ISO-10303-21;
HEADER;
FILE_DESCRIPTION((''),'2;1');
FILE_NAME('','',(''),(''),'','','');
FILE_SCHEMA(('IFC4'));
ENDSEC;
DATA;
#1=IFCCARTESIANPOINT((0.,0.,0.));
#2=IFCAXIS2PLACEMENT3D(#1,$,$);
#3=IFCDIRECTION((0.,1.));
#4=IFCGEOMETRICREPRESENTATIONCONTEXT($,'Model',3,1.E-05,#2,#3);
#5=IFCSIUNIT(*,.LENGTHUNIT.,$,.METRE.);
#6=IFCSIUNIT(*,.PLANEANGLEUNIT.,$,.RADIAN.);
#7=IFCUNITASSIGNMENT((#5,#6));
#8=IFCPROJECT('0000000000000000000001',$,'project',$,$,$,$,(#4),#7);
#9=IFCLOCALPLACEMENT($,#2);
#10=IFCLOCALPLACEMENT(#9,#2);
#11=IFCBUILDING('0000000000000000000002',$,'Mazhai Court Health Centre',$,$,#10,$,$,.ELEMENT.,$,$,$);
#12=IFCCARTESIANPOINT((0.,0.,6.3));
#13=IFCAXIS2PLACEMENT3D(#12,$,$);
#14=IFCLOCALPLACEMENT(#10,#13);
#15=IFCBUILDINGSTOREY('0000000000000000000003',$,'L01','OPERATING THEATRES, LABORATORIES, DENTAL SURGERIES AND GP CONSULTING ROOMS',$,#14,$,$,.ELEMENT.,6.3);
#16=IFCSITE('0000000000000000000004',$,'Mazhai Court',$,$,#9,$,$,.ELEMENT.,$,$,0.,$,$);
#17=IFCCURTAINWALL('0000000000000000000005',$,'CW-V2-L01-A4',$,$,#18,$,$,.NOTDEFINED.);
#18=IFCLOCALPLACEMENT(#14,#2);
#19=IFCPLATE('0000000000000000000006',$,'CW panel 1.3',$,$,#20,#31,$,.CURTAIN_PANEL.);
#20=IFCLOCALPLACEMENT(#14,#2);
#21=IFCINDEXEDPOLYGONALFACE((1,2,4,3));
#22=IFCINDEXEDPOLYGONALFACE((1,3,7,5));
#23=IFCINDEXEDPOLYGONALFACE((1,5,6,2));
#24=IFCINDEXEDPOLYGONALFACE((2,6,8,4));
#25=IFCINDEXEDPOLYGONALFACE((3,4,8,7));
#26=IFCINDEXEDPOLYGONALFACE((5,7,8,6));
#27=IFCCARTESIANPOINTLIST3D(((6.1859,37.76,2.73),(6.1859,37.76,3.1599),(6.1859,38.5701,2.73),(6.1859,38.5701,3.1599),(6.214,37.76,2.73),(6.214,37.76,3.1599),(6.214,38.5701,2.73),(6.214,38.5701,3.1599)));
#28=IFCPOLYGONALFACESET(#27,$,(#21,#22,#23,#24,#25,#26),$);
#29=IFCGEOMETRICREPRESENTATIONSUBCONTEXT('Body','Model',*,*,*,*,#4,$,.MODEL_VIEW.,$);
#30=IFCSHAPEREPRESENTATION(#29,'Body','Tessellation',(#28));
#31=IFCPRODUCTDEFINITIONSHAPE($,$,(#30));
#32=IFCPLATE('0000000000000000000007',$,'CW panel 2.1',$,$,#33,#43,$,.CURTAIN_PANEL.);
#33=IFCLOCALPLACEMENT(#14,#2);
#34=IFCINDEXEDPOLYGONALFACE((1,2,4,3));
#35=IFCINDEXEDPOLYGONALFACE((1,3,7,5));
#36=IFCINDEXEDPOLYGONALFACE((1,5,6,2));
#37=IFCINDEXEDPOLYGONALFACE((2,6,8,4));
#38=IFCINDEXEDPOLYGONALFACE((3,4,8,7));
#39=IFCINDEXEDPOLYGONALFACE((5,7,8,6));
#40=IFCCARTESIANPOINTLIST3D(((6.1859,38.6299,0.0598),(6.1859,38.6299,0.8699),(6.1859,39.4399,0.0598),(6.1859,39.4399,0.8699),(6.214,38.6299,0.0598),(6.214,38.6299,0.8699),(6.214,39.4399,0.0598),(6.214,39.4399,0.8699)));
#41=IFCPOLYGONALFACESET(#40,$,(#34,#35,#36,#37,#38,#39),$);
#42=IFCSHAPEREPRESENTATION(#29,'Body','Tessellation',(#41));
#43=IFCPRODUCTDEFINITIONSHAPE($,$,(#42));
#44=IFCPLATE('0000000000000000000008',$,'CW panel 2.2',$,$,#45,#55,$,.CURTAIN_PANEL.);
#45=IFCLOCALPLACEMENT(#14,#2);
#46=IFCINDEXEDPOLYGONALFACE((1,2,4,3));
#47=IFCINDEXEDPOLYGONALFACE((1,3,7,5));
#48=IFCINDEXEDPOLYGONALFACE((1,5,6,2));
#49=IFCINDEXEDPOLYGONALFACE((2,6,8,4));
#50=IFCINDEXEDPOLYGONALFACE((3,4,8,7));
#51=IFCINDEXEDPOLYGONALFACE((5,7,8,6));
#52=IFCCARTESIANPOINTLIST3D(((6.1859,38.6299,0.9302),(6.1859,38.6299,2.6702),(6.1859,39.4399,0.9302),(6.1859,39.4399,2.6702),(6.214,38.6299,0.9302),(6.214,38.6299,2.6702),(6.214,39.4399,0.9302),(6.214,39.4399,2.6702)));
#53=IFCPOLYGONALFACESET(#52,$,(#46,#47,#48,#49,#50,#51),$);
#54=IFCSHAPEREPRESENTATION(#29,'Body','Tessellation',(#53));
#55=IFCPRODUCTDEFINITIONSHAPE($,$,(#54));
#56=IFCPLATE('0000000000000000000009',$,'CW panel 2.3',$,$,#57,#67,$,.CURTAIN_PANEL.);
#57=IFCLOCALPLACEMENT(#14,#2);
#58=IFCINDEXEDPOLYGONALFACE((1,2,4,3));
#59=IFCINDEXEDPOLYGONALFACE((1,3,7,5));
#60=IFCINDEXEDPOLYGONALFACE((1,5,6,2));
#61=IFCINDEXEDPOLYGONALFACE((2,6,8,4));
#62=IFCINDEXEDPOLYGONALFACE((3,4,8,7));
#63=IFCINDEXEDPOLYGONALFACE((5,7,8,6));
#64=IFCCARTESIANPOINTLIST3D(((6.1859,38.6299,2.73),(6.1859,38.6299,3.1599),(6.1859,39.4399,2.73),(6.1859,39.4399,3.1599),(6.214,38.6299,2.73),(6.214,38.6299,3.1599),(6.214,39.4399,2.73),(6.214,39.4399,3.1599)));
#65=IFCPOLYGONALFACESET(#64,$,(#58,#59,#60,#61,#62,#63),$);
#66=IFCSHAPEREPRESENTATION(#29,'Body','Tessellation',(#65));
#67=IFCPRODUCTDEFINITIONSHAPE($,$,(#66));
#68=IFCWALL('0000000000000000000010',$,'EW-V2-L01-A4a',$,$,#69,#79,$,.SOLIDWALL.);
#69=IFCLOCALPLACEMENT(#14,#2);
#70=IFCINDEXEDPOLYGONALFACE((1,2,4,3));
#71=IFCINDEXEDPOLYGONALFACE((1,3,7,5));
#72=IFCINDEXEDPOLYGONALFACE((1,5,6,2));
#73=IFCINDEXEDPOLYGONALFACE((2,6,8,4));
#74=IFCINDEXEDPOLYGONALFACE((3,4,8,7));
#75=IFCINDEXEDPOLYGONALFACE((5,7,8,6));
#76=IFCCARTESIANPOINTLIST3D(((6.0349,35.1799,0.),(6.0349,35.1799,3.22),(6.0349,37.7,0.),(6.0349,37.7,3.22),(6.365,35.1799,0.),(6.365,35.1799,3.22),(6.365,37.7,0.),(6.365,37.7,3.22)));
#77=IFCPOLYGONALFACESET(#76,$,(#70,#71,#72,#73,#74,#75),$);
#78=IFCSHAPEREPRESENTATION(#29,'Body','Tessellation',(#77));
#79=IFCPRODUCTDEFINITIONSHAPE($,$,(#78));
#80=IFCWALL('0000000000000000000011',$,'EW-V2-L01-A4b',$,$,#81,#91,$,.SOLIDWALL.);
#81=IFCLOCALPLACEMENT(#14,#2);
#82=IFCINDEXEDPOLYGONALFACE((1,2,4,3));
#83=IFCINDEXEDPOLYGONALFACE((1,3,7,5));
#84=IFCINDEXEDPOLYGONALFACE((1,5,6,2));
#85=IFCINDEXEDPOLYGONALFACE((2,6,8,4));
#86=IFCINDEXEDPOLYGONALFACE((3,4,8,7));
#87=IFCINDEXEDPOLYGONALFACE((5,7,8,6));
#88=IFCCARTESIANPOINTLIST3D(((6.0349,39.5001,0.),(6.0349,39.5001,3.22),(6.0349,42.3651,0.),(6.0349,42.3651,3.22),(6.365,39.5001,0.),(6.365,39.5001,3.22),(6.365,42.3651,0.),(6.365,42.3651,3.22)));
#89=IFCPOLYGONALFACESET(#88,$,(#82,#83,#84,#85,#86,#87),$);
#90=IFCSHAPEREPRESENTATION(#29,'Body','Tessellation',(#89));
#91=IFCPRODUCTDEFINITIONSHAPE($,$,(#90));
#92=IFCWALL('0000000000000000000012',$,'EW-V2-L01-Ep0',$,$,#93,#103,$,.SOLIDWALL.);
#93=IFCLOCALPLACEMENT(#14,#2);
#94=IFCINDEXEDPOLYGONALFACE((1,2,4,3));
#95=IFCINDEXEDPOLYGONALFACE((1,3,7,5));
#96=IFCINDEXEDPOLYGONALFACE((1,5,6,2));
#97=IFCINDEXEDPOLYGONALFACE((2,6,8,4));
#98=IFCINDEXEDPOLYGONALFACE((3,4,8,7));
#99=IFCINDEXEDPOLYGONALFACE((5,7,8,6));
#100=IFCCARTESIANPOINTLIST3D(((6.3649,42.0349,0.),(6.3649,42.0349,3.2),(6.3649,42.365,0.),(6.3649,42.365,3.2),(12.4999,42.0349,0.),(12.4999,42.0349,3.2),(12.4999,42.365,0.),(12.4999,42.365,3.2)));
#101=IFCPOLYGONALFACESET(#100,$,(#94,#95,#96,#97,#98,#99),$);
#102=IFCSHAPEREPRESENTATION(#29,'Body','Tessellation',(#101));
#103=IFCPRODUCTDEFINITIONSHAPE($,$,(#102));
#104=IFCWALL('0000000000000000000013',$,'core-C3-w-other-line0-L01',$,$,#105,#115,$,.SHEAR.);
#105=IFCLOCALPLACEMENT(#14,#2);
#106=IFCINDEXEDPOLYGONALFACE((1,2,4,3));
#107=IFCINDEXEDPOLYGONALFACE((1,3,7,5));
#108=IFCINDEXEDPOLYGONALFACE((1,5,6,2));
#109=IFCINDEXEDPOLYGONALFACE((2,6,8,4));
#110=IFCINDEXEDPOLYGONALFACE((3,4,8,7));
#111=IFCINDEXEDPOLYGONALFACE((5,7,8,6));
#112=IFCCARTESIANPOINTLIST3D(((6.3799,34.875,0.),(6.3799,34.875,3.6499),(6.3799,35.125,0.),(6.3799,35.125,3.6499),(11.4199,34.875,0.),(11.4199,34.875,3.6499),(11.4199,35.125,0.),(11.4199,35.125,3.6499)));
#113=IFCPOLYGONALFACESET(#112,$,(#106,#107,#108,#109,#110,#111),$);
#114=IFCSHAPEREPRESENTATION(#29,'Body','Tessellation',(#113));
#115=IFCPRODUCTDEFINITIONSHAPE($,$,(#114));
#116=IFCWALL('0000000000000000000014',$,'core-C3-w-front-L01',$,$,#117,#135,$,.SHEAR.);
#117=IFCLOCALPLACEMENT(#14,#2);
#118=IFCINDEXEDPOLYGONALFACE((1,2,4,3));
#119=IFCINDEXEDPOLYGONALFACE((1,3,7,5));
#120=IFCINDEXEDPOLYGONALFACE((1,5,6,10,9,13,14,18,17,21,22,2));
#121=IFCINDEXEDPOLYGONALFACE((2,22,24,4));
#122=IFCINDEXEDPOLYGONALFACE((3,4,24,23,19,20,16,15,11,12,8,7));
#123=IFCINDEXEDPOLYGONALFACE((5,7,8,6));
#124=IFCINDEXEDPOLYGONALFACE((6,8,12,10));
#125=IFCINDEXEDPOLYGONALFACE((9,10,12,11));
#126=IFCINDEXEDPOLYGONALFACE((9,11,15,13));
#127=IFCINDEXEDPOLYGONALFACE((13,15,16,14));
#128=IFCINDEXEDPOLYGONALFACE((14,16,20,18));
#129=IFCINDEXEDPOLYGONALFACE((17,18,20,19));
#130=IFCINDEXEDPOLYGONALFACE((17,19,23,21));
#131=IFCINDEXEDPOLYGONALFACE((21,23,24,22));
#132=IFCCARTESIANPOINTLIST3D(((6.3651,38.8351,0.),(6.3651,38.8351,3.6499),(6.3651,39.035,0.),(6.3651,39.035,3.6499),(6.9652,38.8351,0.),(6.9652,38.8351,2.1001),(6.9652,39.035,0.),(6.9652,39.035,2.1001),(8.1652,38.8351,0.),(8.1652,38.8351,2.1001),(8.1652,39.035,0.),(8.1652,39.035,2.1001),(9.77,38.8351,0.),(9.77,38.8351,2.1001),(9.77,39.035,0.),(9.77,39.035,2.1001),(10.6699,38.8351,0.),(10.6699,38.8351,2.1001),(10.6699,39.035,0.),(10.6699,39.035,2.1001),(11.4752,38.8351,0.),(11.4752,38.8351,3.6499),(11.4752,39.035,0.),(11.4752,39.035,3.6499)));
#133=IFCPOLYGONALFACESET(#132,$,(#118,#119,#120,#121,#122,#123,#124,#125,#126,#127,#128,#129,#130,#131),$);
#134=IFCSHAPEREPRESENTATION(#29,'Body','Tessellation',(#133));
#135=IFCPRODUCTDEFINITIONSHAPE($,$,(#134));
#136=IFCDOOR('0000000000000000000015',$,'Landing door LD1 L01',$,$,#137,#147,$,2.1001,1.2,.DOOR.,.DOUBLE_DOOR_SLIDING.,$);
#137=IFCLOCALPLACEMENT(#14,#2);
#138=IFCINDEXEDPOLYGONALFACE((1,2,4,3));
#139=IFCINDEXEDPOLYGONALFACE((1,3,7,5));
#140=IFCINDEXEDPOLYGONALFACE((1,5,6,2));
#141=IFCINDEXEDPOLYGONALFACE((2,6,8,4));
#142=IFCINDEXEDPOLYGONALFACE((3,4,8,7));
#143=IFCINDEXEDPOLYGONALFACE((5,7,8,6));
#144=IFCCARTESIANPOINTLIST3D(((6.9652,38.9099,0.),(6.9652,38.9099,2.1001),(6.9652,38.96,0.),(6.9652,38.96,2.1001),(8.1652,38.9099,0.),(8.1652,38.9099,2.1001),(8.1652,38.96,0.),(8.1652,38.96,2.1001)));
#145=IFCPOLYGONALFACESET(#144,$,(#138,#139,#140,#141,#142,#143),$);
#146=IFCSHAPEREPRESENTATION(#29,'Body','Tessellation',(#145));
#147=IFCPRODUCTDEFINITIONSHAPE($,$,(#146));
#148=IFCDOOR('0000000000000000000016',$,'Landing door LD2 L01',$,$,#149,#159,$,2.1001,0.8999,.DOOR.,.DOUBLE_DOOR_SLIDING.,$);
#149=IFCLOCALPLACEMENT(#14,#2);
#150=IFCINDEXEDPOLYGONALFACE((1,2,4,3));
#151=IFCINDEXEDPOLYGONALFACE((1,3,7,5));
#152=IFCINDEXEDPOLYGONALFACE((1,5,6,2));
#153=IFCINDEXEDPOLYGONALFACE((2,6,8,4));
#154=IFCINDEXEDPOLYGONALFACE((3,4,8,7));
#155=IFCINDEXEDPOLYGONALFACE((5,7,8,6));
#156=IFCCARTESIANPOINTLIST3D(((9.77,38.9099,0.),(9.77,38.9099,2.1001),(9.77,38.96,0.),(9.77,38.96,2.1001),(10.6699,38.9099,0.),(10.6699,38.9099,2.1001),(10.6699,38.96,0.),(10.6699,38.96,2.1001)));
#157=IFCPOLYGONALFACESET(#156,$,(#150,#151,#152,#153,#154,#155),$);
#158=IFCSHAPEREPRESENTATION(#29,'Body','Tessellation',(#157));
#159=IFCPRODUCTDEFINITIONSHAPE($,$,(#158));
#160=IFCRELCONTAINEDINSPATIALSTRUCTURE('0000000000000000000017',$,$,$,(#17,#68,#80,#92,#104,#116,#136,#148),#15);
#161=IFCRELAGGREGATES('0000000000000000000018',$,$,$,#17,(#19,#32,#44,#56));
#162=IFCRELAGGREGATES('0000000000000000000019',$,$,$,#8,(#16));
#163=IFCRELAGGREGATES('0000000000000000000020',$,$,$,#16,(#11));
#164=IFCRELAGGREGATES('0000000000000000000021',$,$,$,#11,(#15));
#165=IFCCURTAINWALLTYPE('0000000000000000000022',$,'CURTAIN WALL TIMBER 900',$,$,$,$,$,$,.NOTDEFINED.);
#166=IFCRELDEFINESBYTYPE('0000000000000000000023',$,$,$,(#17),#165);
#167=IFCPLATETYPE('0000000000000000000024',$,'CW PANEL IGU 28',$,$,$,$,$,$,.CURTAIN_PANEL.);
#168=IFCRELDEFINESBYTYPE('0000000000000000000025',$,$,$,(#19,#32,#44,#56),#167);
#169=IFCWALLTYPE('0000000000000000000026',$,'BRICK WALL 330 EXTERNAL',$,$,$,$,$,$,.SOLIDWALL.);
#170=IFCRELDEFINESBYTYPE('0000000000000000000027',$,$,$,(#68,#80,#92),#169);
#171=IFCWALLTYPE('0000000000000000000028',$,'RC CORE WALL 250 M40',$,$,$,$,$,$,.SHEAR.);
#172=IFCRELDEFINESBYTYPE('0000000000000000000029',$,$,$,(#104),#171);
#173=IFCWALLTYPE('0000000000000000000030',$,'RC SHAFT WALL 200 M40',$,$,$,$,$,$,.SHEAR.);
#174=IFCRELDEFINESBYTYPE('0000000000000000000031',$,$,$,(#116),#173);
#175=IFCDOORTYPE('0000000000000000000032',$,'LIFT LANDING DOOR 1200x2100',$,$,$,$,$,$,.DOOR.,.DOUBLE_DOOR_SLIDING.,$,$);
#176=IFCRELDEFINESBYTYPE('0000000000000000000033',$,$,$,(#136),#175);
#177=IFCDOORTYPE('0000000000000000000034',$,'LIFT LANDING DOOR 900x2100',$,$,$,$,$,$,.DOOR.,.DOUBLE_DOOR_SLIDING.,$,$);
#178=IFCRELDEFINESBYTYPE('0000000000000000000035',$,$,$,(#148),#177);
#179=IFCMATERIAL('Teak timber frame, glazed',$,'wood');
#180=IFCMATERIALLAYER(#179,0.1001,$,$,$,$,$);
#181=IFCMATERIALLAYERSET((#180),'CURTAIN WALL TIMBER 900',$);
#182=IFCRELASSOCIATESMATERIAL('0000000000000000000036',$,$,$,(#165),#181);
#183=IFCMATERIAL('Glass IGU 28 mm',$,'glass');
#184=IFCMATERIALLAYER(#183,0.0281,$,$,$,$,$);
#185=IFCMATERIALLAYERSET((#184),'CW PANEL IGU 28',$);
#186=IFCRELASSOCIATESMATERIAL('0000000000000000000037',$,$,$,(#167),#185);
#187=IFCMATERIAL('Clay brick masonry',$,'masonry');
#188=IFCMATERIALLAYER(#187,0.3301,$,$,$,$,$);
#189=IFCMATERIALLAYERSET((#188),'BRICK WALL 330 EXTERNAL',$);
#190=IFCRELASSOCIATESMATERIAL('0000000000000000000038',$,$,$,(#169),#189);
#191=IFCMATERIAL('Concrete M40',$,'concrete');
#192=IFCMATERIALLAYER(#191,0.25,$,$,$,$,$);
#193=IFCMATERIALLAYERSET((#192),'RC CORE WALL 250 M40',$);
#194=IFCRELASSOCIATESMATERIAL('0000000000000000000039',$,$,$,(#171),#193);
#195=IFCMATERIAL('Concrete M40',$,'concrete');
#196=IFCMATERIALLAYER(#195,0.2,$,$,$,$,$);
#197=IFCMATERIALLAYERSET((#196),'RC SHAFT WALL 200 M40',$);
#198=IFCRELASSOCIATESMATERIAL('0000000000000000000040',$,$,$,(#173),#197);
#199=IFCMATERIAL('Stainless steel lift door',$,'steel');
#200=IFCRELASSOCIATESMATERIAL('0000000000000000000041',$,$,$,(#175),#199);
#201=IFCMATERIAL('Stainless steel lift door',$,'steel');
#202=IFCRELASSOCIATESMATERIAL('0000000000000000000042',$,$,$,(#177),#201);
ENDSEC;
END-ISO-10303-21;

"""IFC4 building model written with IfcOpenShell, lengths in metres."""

from ifc_helpers import new_model, si_unit, direction, frame, frame_2d, origin, origin_2d, place, context, subcontext, project, spatial, rectangle, extrude, material, layer, layer_set, type_object, element, fill, aggregate, save


model = new_model("IFC4")

# Units and contexts
model_context = context("Model", 3, precision=1e-05, world=origin(), true_north=direction((0.0, 1.0)))
body_context = subcontext(model_context, "Body", "Model", "MODEL_VIEW")
ifc_project = project(units=[si_unit("LENGTHUNIT", "METRE"), si_unit("PLANEANGLEUNIT", "RADIAN")], contexts=[model_context])

# Site, building, storey
site_placement = place(None, origin())
site = spatial("IfcSite", under=ifc_project, at=site_placement, Name="Mazhai Court", CompositionType="ELEMENT", RefElevation=0.0)
building_placement = place(site_placement, origin())
building = spatial("IfcBuilding", under=site, at=building_placement, Name="Mazhai Court Health Centre", CompositionType="ELEMENT")
storey_placement = place(building_placement, frame((0.0, 0.0, 6.3)))
storey = spatial("IfcBuildingStorey", under=building, at=storey_placement, Name="L01", Description="OPERATING THEATRES, LABORATORIES, DENTAL SURGERIES AND GP CONSULTING ROOMS", CompositionType="ELEMENT", Elevation=6.3)

# Curtain wall, plates
ifc_material_1 = material(Name="Teak timber frame, glazed", Category="wood")
ifc_layer_1 = layer(ifc_material_1, 0.1001)
ifc_layer_set_1 = layer_set([ifc_layer_1], Name="CURTAIN WALL TIMBER 900")
curtain_wall_type = type_object("IfcCurtainWallType", Name="CURTAIN WALL TIMBER 900", PredefinedType="NOTDEFINED", material=ifc_layer_set_1)
curtain_wall_placement = place(storey_placement, origin())
curtain_wall = element("IfcCurtainWall", 1, at=curtain_wall_placement, inside=storey, type_object=curtain_wall_type, Name="CW-V2-L01-A4", PredefinedType="NOTDEFINED")
ifc_material_2 = material(Name="Glass IGU 28 mm", Category="glass")
ifc_layer_2 = layer(ifc_material_2, 0.0281)
ifc_layer_set_2 = layer_set([ifc_layer_2], Name="CW PANEL IGU 28")
plate_type = type_object("IfcPlateType", Name="CW PANEL IGU 28", PredefinedType="CURTAIN_PANEL", material=ifc_layer_set_2)
plate_1_placement = place(storey_placement, frame((6.2, 38.165, 2.73), z_axis=(0.0, 0.0, 1.0), x_axis=(0.0, 1.0, 0.0)))
plate_1 = element("IfcPlate", 2, at=plate_1_placement, type_object=plate_type, Name="CW panel 1.3", PredefinedType="CURTAIN_PANEL", context=body_context, shape_type="SweptSolid", body=[
    extrude(rectangle(XDim=0.8101, YDim=0.0281, at=origin_2d()), origin(), (0.0, 0.0, 1.0), 0.4299),
])
plate_2_placement = place(storey_placement, frame((6.2, 39.0349, 0.0598), z_axis=(0.0, 0.0, 1.0), x_axis=(0.0, 1.0, 0.0)))
plate_2 = element("IfcPlate", 3, at=plate_2_placement, type_object=plate_type, Name="CW panel 2.1", PredefinedType="CURTAIN_PANEL", context=body_context, shape_type="SweptSolid", body=[
    extrude(rectangle(XDim=0.8101, YDim=0.0281, at=origin_2d()), origin(), (0.0, 0.0, 1.0), 0.8101),
])
plate_3_placement = place(storey_placement, frame((6.2, 39.0349, 0.9302), z_axis=(0.0, 0.0, 1.0), x_axis=(0.0, 1.0, 0.0)))
plate_3 = element("IfcPlate", 4, at=plate_3_placement, type_object=plate_type, Name="CW panel 2.2", PredefinedType="CURTAIN_PANEL", context=body_context, shape_type="SweptSolid", body=[
    extrude(rectangle(XDim=0.8101, YDim=0.0281, at=origin_2d()), origin(), (0.0, 0.0, 1.0), 1.74),
])
plate_4_placement = place(storey_placement, frame((6.2, 39.0349, 2.73), z_axis=(0.0, 0.0, 1.0), x_axis=(0.0, 1.0, 0.0)))
plate_4 = element("IfcPlate", 5, at=plate_4_placement, type_object=plate_type, Name="CW panel 2.3", PredefinedType="CURTAIN_PANEL", context=body_context, shape_type="SweptSolid", body=[
    extrude(rectangle(XDim=0.8101, YDim=0.0281, at=origin_2d()), origin(), (0.0, 0.0, 1.0), 0.4299),
])
aggregate(curtain_wall, [plate_1, plate_2, plate_3, plate_4])

# Walls
ifc_material_3 = material(Name="Clay brick masonry", Category="masonry")
ifc_layer_3 = layer(ifc_material_3, 0.3301)
ifc_layer_set_3 = layer_set([ifc_layer_3], Name="BRICK WALL 330 EXTERNAL")
wall_type_1 = type_object("IfcWallType", Name="BRICK WALL 330 EXTERNAL", PredefinedType="SOLIDWALL", material=ifc_layer_set_3)
wall_1_placement = place(storey_placement, frame((6.2, 35.1799, 0.0), z_axis=(0.0, 0.0, 1.0), x_axis=(0.0, 1.0, 0.0)))
element("IfcWall", 6, at=wall_1_placement, inside=storey, type_object=wall_type_1, Name="EW-V2-L01-A4a", PredefinedType="SOLIDWALL", context=body_context, shape_type="SweptSolid", body=[
    extrude(rectangle(XDim=2.52, YDim=0.3301, at=frame_2d((1.26, 0.0))), origin(), (0.0, 0.0, 1.0), 3.22),
])
wall_2_placement = place(storey_placement, frame((6.2, 39.5, 0.0), z_axis=(0.0, 0.0, 1.0), x_axis=(0.0, 1.0, 0.0)))
element("IfcWall", 7, at=wall_2_placement, inside=storey, type_object=wall_type_1, Name="EW-V2-L01-A4b", PredefinedType="SOLIDWALL", context=body_context, shape_type="SweptSolid", body=[
    extrude(rectangle(XDim=2.865, YDim=0.3301, at=frame_2d((1.4326, 0.0))), origin(), (0.0, 0.0, 1.0), 3.22),
])
wall_3_placement = place(storey_placement, frame((6.365, 42.2, 0.0), z_axis=(0.0, 0.0, 1.0), x_axis=(1.0, 0.0, 0.0)))
element("IfcWall", 8, at=wall_3_placement, inside=storey, type_object=wall_type_1, Name="EW-V2-L01-Ep0", PredefinedType="SOLIDWALL", context=body_context, shape_type="SweptSolid", body=[
    extrude(rectangle(XDim=6.135, YDim=0.3301, at=frame_2d((3.0674, 0.0))), origin(), (0.0, 0.0, 1.0), 3.2),
])
ifc_material_4 = material(Name="Concrete M40", Category="concrete")
ifc_layer_4 = layer(ifc_material_4, 0.25)
ifc_layer_set_4 = layer_set([ifc_layer_4], Name="RC CORE WALL 250 M40")
wall_type_2 = type_object("IfcWallType", Name="RC CORE WALL 250 M40", PredefinedType="SHEAR", material=ifc_layer_set_4)
wall_4_placement = place(storey_placement, frame((6.3799, 35.0, 0.0), z_axis=(0.0, 0.0, 1.0), x_axis=(1.0, 0.0, 0.0)))
element("IfcWall", 9, at=wall_4_placement, inside=storey, type_object=wall_type_2, Name="core-C3-w-other-line0-L01", PredefinedType="SHEAR", context=body_context, shape_type="SweptSolid", body=[
    extrude(rectangle(XDim=5.04, YDim=0.25, at=frame_2d((2.52, 0.0))), origin(), (0.0, 0.0, 1.0), 3.6499),
])

# Wall, openings, doors
ifc_material_5 = material(Name="Concrete M40", Category="concrete")
ifc_layer_5 = layer(ifc_material_5, 0.2)
ifc_layer_set_5 = layer_set([ifc_layer_5], Name="RC SHAFT WALL 200 M40")
wall_type_3 = type_object("IfcWallType", Name="RC SHAFT WALL 200 M40", PredefinedType="SHEAR", material=ifc_layer_set_5)
wall_5_placement = place(storey_placement, frame((6.365, 38.9351, 0.0), z_axis=(0.0, 0.0, 1.0), x_axis=(1.0, 0.0, 0.0)))
wall_5 = element("IfcWall", 10, at=wall_5_placement, inside=storey, type_object=wall_type_3, Name="core-C3-w-front-L01", PredefinedType="SHEAR", context=body_context, shape_type="SweptSolid", body=[
    extrude(rectangle(XDim=5.1101, YDim=0.2, at=frame_2d((2.5552, 0.0))), origin(), (0.0, 0.0, 1.0), 3.6499),
])
opening_1_placement = place(wall_5_placement, frame((0.6001, 0.0, 0.0)))
opening_1 = element("IfcOpeningElement", 11, at=opening_1_placement, cuts=wall_5, PredefinedType="OPENING", context=body_context, shape_type="SweptSolid", body=[
    extrude(rectangle(XDim=1.2, YDim=2.1001, at=frame_2d((0.6001, 1.05))), frame((0.0, 0.1099, 0.0), z_axis=(0.0, -1.0, 0.0), x_axis=(1.0, 0.0, 0.0)), (0.0, 0.0, 1.0), 0.22),
])
opening_2_placement = place(wall_5_placement, frame((3.405, 0.0, 0.0)))
opening_2 = element("IfcOpeningElement", 12, at=opening_2_placement, cuts=wall_5, PredefinedType="OPENING", context=body_context, shape_type="SweptSolid", body=[
    extrude(rectangle(XDim=0.8999, YDim=2.1001, at=frame_2d((0.45, 1.05))), frame((0.0, 0.1099, 0.0), z_axis=(0.0, -1.0, 0.0), x_axis=(1.0, 0.0, 0.0)), (0.0, 0.0, 1.0), 0.22),
])
ifc_material_6 = material(Name="Stainless steel lift door", Category="steel")
door_type_1 = type_object("IfcDoorType", Name="LIFT LANDING DOOR 1200x2100", OperationType="DOUBLE_DOOR_SLIDING", PredefinedType="DOOR", material=ifc_material_6)
door_1_placement = place(opening_1_placement, origin())
door_1 = element("IfcDoor", 13, at=door_1_placement, inside=storey, type_object=door_type_1, Name="Landing door LD1 L01", OperationType="DOUBLE_DOOR_SLIDING", OverallHeight=2.1001, OverallWidth=1.2, PredefinedType="DOOR", context=body_context, shape_type="SweptSolid", body=[
    extrude(rectangle(XDim=1.2, YDim=2.1001, at=frame_2d((0.6001, 1.05))), frame((0.0, 0.0249, 0.0), z_axis=(0.0, -1.0, 0.0), x_axis=(1.0, 0.0, 0.0)), (0.0, 0.0, 1.0), 0.05),
])
fill(opening_1, door_1)
ifc_material_7 = material(Name="Stainless steel lift door", Category="steel")
door_type_2 = type_object("IfcDoorType", Name="LIFT LANDING DOOR 900x2100", OperationType="DOUBLE_DOOR_SLIDING", PredefinedType="DOOR", material=ifc_material_7)
door_2_placement = place(opening_2_placement, origin())
door_2 = element("IfcDoor", 14, at=door_2_placement, inside=storey, type_object=door_type_2, Name="Landing door LD2 L01", OperationType="DOUBLE_DOOR_SLIDING", OverallHeight=2.1001, OverallWidth=0.8999, PredefinedType="DOOR", context=body_context, shape_type="SweptSolid", body=[
    extrude(rectangle(XDim=0.8999, YDim=2.1001, at=frame_2d((0.45, 1.05))), frame((0.0, 0.0249, 0.0), z_axis=(0.0, -1.0, 0.0), x_axis=(1.0, 0.0, 0.0)), (0.0, 0.0, 1.0), 0.05),
])
fill(opening_2, door_2)

save(model, "model.ifc")
